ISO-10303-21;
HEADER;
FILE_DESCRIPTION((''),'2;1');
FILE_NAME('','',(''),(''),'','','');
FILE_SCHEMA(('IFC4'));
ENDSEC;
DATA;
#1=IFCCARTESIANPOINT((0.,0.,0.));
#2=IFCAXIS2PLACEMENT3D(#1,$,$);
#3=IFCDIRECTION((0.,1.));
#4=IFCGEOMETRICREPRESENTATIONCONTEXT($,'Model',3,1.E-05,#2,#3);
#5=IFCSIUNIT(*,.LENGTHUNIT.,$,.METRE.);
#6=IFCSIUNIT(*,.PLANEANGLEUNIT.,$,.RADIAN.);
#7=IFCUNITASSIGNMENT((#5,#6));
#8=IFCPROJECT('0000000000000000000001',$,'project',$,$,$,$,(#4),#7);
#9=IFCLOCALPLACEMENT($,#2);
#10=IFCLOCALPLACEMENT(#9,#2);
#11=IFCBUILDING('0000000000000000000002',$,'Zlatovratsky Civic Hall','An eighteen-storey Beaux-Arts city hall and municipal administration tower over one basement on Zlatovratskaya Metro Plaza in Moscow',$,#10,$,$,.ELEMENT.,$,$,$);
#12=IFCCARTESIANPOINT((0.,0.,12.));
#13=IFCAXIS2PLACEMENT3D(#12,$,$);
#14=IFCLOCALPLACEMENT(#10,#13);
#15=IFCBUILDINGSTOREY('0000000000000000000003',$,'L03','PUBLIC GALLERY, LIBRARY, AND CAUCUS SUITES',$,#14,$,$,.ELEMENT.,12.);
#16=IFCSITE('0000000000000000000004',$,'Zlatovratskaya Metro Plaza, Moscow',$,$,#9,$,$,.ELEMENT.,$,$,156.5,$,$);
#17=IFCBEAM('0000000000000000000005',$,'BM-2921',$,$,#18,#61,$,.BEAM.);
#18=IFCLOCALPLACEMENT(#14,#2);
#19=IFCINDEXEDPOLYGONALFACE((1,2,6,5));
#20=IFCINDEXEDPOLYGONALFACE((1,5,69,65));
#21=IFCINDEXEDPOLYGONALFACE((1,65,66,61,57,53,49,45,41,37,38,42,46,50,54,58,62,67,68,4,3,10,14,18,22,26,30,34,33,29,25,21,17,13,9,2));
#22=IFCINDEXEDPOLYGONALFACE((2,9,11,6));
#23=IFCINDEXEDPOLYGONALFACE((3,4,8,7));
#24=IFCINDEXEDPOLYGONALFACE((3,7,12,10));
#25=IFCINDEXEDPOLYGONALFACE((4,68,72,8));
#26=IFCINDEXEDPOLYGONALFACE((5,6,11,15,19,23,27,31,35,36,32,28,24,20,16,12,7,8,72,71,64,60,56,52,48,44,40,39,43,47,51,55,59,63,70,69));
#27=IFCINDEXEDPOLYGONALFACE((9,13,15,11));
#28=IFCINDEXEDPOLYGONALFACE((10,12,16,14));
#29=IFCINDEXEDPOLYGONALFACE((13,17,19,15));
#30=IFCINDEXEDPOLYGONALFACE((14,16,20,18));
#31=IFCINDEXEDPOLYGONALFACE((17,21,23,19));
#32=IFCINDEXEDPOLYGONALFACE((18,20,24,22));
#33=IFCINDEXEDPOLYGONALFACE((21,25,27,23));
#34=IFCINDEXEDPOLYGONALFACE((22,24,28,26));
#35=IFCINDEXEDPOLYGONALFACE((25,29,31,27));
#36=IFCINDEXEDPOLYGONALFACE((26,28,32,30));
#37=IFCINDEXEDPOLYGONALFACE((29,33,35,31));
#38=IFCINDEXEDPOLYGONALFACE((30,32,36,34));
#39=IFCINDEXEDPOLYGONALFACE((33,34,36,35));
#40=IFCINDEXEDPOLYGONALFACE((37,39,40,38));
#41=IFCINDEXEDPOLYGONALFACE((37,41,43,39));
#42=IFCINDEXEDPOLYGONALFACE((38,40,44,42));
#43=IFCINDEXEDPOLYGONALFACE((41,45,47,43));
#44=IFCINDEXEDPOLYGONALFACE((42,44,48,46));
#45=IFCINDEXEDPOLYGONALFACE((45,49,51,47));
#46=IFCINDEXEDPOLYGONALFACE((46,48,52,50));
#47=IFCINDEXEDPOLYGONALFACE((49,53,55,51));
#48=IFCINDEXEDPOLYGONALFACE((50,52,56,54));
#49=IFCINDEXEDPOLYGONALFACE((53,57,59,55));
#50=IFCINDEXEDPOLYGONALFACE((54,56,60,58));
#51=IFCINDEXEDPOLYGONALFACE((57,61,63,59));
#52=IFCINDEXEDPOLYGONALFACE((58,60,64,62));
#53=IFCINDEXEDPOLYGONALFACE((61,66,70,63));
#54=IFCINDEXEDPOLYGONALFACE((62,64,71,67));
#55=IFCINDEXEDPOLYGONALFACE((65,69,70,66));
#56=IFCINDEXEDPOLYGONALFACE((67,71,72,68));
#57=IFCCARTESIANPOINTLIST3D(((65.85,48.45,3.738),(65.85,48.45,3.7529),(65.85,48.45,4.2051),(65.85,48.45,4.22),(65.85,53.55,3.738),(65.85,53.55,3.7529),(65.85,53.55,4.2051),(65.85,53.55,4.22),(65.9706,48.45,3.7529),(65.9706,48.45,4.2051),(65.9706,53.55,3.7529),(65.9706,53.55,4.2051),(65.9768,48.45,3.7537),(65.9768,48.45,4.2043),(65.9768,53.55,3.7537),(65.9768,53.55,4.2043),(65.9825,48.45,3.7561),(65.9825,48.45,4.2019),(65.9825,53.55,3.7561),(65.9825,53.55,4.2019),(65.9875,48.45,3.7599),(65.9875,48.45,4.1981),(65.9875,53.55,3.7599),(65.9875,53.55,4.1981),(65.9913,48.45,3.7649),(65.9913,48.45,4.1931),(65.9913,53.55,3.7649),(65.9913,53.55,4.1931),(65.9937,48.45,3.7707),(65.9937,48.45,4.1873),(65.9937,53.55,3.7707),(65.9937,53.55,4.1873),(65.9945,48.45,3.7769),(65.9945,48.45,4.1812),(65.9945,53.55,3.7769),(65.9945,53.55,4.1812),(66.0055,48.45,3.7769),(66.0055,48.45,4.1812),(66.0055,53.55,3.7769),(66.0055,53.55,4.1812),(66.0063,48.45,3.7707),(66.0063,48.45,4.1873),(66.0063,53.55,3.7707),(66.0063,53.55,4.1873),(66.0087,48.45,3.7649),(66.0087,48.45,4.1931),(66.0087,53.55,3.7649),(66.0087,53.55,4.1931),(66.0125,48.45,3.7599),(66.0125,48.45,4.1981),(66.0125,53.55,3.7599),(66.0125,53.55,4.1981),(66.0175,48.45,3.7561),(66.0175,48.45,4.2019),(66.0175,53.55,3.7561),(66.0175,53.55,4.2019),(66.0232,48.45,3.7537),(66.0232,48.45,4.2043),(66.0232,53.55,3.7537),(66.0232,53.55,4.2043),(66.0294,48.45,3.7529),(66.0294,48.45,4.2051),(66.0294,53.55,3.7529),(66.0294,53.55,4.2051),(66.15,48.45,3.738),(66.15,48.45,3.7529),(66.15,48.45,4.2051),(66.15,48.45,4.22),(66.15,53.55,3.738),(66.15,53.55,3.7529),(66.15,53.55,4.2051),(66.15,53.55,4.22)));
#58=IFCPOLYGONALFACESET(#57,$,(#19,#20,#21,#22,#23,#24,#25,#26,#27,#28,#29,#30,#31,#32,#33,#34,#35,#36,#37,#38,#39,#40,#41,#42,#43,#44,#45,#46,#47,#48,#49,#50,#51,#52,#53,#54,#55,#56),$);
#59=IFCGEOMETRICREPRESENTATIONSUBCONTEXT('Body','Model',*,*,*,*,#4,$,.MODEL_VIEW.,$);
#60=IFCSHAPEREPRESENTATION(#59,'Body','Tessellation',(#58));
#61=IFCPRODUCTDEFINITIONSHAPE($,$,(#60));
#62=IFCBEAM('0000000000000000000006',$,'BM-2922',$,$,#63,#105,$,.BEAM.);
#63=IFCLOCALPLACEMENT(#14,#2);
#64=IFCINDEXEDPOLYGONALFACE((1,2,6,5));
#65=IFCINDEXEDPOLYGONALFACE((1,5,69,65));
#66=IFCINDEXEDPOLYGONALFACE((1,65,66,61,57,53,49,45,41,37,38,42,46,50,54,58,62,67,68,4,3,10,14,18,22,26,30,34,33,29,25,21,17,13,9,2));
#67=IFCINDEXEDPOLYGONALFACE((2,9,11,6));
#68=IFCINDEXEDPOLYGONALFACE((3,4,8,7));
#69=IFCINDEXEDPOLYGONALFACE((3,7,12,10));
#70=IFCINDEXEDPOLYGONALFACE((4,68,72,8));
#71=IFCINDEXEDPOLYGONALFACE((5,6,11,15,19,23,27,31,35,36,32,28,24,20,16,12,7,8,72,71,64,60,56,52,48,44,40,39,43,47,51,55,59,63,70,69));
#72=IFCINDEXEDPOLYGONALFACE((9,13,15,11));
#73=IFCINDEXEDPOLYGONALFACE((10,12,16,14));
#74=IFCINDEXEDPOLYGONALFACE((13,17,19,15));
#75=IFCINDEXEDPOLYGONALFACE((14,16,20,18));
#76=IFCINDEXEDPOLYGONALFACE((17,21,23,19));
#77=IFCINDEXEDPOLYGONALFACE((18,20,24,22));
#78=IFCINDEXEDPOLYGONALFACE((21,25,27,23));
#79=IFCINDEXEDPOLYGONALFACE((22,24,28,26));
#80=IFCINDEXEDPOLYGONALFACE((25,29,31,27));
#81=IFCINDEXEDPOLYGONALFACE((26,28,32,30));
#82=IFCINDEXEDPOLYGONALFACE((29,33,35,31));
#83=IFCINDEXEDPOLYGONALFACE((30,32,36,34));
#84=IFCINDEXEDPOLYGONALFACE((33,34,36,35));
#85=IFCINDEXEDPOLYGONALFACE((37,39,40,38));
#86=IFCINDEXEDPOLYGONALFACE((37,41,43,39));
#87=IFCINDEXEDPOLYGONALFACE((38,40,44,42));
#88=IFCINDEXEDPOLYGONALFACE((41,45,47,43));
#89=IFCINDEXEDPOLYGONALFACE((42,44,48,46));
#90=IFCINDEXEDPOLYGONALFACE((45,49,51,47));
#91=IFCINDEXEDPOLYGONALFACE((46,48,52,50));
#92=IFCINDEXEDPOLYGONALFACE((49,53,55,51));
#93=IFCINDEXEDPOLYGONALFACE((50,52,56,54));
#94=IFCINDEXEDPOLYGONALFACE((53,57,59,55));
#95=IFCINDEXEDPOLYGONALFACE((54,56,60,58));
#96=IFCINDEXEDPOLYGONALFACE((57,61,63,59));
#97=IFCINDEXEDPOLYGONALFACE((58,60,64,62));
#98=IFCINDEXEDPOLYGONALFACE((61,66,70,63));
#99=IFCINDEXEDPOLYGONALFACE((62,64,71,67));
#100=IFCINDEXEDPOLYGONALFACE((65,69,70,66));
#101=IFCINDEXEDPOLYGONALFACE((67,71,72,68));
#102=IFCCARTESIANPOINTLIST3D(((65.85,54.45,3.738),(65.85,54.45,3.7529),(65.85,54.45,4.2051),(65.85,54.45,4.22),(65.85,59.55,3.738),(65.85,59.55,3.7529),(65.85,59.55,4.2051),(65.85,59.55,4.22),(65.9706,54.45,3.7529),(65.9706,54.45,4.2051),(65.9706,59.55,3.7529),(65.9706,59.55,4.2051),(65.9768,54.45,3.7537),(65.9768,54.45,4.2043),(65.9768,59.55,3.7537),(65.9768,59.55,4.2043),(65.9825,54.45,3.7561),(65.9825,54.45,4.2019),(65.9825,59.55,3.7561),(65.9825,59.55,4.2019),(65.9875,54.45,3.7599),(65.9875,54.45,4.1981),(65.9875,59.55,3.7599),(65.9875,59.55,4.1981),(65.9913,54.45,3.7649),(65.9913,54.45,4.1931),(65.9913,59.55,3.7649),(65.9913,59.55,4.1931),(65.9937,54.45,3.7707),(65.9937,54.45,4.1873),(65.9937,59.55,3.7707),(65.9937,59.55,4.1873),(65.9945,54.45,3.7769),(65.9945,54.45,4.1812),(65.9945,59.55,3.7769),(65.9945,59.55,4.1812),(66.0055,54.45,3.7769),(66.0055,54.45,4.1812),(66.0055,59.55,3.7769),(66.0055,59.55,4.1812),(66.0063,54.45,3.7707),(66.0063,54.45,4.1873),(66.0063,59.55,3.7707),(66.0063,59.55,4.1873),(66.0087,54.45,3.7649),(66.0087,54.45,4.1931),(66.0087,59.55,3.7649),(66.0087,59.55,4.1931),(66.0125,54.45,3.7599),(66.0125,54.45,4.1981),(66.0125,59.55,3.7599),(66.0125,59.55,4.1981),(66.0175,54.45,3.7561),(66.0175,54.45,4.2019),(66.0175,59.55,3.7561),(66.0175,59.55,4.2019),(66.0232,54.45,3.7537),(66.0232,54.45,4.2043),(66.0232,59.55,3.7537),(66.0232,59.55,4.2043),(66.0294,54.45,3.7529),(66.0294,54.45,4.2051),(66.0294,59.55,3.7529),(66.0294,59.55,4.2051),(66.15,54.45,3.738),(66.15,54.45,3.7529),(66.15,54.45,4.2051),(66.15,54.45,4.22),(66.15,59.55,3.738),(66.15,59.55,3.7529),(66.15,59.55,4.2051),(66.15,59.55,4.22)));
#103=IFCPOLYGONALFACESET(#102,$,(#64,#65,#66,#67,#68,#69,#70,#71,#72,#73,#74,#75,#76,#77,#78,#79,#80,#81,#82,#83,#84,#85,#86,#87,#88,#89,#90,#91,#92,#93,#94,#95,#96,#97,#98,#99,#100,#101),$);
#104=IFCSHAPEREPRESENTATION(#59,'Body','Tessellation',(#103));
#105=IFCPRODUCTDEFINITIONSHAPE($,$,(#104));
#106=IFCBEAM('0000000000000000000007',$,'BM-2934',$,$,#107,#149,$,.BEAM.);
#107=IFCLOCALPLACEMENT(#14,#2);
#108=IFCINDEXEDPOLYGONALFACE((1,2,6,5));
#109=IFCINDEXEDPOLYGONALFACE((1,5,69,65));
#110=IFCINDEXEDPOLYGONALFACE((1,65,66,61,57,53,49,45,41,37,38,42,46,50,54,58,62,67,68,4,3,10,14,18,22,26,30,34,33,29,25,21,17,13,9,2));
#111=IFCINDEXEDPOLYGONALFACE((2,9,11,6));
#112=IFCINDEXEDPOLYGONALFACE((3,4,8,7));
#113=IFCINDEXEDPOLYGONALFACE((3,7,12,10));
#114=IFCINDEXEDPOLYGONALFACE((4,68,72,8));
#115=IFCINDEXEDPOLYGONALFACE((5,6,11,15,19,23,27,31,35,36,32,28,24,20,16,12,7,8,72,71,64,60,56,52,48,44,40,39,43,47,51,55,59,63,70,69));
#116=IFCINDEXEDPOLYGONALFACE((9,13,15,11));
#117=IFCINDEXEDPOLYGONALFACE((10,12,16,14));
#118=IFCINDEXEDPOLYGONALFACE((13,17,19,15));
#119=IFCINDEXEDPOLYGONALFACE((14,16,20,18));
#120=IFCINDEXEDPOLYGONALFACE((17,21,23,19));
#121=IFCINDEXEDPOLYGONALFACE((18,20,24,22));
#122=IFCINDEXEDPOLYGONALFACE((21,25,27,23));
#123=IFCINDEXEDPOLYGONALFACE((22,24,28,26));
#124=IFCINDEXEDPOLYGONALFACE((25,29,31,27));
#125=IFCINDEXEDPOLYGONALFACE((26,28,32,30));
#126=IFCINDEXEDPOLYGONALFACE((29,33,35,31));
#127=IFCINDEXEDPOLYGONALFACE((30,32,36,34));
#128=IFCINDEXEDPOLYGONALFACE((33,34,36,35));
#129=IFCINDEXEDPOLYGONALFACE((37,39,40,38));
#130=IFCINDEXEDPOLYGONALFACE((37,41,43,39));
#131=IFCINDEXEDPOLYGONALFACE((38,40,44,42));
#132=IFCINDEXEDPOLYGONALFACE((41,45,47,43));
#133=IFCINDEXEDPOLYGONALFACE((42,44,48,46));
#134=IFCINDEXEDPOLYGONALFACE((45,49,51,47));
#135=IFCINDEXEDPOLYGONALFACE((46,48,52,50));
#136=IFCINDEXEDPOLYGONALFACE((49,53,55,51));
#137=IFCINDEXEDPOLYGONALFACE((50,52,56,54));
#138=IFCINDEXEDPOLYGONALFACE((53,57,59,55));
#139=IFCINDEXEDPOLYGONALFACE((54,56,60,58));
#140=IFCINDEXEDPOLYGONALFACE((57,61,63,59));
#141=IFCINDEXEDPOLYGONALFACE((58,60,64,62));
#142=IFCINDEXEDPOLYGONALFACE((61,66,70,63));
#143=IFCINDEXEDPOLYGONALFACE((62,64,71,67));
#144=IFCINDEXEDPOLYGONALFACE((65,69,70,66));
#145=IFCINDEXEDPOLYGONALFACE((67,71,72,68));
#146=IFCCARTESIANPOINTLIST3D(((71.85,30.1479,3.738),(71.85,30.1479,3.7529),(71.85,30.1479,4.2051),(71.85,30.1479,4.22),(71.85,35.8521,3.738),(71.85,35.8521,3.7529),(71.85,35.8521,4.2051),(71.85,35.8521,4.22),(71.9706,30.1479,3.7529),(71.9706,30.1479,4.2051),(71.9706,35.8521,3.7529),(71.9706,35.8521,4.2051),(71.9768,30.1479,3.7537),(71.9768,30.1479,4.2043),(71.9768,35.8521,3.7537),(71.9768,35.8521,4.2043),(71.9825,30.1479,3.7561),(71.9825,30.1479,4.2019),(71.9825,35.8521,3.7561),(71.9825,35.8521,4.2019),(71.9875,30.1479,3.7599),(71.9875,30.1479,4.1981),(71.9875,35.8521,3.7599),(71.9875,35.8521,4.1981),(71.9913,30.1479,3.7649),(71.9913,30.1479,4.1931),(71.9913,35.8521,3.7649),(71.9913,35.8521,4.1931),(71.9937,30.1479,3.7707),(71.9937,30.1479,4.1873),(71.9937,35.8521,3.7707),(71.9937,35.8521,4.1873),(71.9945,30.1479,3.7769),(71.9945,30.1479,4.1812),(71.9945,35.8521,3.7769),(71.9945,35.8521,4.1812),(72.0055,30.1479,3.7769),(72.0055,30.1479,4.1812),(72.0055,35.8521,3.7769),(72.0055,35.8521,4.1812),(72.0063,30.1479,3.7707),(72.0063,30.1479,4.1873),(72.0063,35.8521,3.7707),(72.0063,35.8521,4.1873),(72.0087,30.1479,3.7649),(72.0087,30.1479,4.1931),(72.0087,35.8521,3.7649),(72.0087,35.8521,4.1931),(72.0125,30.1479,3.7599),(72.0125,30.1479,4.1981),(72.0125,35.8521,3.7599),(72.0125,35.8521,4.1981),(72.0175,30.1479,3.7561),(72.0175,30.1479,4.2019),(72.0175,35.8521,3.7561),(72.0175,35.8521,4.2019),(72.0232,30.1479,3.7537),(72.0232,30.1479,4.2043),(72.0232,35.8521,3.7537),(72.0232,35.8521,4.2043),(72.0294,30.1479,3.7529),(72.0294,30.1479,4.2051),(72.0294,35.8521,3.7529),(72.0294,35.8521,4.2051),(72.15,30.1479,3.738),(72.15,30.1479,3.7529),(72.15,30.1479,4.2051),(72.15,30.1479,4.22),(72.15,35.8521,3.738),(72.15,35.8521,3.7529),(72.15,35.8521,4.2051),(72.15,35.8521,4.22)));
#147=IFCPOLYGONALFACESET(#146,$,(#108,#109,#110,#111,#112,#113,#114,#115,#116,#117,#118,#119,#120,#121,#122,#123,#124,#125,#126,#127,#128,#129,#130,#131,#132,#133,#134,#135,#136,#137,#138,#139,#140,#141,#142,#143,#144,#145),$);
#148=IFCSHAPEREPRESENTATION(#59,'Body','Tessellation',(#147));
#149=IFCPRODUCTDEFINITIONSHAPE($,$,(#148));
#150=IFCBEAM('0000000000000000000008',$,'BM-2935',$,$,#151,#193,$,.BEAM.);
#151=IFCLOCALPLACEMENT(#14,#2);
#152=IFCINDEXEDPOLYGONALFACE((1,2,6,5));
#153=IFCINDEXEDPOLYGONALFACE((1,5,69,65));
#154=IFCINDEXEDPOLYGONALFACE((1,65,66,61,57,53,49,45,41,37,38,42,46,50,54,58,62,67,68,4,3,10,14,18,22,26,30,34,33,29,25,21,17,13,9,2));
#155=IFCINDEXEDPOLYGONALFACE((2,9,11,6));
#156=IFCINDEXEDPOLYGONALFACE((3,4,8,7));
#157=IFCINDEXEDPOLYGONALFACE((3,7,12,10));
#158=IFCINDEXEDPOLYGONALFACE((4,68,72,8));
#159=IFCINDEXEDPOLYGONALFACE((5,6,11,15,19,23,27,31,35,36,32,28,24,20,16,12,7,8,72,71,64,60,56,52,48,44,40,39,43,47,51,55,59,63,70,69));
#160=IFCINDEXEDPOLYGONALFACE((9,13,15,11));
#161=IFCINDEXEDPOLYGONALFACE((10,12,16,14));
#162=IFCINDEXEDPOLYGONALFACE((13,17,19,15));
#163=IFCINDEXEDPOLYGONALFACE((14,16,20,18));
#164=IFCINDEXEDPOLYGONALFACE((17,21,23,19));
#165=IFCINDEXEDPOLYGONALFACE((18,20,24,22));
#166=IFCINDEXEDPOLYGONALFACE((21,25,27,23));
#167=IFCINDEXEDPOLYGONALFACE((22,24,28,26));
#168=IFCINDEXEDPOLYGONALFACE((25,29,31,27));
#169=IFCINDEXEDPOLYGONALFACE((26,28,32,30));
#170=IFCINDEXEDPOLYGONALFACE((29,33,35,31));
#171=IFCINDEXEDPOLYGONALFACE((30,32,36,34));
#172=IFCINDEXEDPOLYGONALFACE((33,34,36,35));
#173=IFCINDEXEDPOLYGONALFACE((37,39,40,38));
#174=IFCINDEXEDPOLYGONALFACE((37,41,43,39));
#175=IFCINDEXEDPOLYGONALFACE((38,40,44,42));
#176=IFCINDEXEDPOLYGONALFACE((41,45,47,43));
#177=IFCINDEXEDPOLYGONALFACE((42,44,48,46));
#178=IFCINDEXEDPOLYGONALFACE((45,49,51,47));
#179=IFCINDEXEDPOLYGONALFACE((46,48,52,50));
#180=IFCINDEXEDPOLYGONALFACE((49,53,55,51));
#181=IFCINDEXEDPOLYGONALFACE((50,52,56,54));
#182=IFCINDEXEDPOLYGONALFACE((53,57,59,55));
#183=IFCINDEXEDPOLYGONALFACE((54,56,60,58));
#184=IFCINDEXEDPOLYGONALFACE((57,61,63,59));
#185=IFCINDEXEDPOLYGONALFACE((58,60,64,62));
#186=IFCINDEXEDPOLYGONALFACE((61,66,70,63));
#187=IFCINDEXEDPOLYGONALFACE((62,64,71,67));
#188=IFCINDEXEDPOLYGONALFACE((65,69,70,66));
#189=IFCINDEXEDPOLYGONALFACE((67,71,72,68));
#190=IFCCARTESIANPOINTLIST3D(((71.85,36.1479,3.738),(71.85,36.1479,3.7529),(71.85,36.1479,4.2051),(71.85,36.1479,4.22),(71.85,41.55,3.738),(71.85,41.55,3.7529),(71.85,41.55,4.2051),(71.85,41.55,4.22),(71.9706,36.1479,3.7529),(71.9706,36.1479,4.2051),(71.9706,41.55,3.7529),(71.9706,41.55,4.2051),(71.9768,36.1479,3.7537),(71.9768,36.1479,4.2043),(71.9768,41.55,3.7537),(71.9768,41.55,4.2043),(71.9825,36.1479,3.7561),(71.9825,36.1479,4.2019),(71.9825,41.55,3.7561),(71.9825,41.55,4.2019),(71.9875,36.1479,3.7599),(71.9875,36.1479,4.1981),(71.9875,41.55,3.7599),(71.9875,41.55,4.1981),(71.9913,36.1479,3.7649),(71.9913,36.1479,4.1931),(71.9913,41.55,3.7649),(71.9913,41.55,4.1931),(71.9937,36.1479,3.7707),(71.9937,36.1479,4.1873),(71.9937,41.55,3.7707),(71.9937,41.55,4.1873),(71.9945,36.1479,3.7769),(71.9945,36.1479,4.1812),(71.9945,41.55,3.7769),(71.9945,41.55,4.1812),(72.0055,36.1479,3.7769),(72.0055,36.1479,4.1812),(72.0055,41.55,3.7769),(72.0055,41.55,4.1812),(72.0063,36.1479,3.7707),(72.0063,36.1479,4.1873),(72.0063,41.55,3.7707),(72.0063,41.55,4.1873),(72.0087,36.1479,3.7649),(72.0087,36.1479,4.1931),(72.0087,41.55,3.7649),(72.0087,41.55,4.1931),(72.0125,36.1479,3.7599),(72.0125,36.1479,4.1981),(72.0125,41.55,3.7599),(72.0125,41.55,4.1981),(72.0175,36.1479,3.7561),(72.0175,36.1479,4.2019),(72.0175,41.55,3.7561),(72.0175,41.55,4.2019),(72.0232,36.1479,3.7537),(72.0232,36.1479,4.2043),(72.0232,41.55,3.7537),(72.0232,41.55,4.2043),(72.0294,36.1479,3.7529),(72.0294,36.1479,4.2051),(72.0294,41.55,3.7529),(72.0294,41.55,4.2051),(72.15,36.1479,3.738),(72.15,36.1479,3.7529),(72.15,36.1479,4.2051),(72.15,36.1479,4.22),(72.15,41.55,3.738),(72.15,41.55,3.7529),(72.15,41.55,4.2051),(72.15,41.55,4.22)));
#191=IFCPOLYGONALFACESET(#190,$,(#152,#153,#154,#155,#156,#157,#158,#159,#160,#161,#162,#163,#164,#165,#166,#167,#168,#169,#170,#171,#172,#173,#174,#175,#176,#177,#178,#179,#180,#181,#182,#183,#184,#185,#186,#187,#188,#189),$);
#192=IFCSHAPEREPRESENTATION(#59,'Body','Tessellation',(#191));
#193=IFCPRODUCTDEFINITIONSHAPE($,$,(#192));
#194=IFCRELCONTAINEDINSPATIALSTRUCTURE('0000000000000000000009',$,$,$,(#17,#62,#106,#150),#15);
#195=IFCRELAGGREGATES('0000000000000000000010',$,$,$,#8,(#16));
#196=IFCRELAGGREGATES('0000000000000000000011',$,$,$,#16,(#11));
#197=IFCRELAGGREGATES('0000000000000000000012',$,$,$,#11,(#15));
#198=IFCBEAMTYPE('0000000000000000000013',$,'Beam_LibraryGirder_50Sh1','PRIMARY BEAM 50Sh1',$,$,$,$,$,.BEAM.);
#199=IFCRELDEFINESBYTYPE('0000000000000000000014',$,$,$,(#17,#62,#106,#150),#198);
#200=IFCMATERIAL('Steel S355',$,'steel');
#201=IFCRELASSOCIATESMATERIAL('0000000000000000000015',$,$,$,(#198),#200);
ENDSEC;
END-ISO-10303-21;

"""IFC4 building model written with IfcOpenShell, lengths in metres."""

from ifc_helpers import new_model, si_unit, direction, frame, origin, origin_2d, place, context, subcontext, project, spatial, i_section, extrude, material, material_profile, profile_set, type_object, element, save


model = new_model("IFC4")

# Units and contexts
model_context = context("Model", 3, precision=1e-05, world=origin(), true_north=direction((0.0, 1.0)))
body_context = subcontext(model_context, "Body", "Model", "MODEL_VIEW")
ifc_project = project(units=[si_unit("LENGTHUNIT", "METRE"), si_unit("PLANEANGLEUNIT", "RADIAN")], contexts=[model_context])

# Site, building, storey
site_placement = place(None, origin())
site = spatial("IfcSite", under=ifc_project, at=site_placement, Name="Zlatovratskaya Metro Plaza, Moscow", CompositionType="ELEMENT", RefElevation=156.5)
building_placement = place(site_placement, origin())
building = spatial("IfcBuilding", under=site, at=building_placement, Name="Zlatovratsky Civic Hall", Description="An eighteen-storey Beaux-Arts city hall and municipal administration tower over one basement on Zlatovratskaya Metro Plaza in Moscow", CompositionType="ELEMENT")
storey_placement = place(building_placement, frame((0.0, 0.0, 12.0)))
storey = spatial("IfcBuildingStorey", under=building, at=storey_placement, Name="L03", Description="PUBLIC GALLERY, LIBRARY, AND CAUCUS SUITES", CompositionType="ELEMENT", Elevation=12.0)

# Shared definitions
ifc_material_1 = material(Name="Steel S355", Category="steel")

# Beams
ifc_material_profile_1 = material_profile(ifc_material_1, i_section(OverallWidth=0.3, OverallDepth=0.4819, WebThickness=0.011, FlangeThickness=0.0149, FilletRadius=0.0239, at=origin_2d()), Name="50Sh1")
ifc_profile_set_1 = profile_set([ifc_material_profile_1], Name="Steel S355")
beam_type = type_object("IfcBeamType", Name="Beam_LibraryGirder_50Sh1", Description="PRIMARY BEAM 50Sh1", PredefinedType="BEAM", material=ifc_profile_set_1)
for number, where, z_axis, x_axis, name in (
    (1, (66.0, 48.45, 3.979), (0.0, 1.0, 0.0), (-1.0, 0.0, 0.0), "BM-2921"),
    (2, (66.0, 54.45, 3.979), (0.0, 1.0, 0.0), (-1.0, 0.0, 0.0), "BM-2922"),
):
    element("IfcBeam", number, at=place(storey_placement, frame(where, z_axis=z_axis, x_axis=x_axis)), inside=storey, type_object=beam_type, Name=name, PredefinedType="BEAM", context=body_context, shape_type="SweptSolid", body=[
        extrude(i_section(OverallWidth=0.3, OverallDepth=0.4819, WebThickness=0.011, FlangeThickness=0.0149, FilletRadius=0.0239, at=origin_2d()), origin(), (0.0, 0.0, 1.0), 5.1001),
    ])
beam_1_placement = place(storey_placement, frame((72.0, 30.1479, 3.979), z_axis=(0.0, 1.0, 0.0), x_axis=(-1.0, 0.0, 0.0)))
element("IfcBeam", 3, at=beam_1_placement, inside=storey, type_object=beam_type, Name="BM-2934", PredefinedType="BEAM", context=body_context, shape_type="SweptSolid", body=[
    extrude(i_section(OverallWidth=0.3, OverallDepth=0.4819, WebThickness=0.011, FlangeThickness=0.0149, FilletRadius=0.0239, at=origin_2d()), origin(), (0.0, 0.0, 1.0), 5.7041),
])
for number, where, z_axis, x_axis, name in (
    (4, (72.0, 36.1479, 3.979), (0.0, 1.0, 0.0), (-1.0, 0.0, 0.0), "BM-2935"),
):
    element("IfcBeam", number, at=place(storey_placement, frame(where, z_axis=z_axis, x_axis=x_axis)), inside=storey, type_object=beam_type, Name=name, PredefinedType="BEAM", context=body_context, shape_type="SweptSolid", body=[
        extrude(i_section(OverallWidth=0.3, OverallDepth=0.4819, WebThickness=0.011, FlangeThickness=0.0149, FilletRadius=0.0239, at=origin_2d()), origin(), (0.0, 0.0, 1.0), 5.4021),
    ])

save(model, "model.ifc")
